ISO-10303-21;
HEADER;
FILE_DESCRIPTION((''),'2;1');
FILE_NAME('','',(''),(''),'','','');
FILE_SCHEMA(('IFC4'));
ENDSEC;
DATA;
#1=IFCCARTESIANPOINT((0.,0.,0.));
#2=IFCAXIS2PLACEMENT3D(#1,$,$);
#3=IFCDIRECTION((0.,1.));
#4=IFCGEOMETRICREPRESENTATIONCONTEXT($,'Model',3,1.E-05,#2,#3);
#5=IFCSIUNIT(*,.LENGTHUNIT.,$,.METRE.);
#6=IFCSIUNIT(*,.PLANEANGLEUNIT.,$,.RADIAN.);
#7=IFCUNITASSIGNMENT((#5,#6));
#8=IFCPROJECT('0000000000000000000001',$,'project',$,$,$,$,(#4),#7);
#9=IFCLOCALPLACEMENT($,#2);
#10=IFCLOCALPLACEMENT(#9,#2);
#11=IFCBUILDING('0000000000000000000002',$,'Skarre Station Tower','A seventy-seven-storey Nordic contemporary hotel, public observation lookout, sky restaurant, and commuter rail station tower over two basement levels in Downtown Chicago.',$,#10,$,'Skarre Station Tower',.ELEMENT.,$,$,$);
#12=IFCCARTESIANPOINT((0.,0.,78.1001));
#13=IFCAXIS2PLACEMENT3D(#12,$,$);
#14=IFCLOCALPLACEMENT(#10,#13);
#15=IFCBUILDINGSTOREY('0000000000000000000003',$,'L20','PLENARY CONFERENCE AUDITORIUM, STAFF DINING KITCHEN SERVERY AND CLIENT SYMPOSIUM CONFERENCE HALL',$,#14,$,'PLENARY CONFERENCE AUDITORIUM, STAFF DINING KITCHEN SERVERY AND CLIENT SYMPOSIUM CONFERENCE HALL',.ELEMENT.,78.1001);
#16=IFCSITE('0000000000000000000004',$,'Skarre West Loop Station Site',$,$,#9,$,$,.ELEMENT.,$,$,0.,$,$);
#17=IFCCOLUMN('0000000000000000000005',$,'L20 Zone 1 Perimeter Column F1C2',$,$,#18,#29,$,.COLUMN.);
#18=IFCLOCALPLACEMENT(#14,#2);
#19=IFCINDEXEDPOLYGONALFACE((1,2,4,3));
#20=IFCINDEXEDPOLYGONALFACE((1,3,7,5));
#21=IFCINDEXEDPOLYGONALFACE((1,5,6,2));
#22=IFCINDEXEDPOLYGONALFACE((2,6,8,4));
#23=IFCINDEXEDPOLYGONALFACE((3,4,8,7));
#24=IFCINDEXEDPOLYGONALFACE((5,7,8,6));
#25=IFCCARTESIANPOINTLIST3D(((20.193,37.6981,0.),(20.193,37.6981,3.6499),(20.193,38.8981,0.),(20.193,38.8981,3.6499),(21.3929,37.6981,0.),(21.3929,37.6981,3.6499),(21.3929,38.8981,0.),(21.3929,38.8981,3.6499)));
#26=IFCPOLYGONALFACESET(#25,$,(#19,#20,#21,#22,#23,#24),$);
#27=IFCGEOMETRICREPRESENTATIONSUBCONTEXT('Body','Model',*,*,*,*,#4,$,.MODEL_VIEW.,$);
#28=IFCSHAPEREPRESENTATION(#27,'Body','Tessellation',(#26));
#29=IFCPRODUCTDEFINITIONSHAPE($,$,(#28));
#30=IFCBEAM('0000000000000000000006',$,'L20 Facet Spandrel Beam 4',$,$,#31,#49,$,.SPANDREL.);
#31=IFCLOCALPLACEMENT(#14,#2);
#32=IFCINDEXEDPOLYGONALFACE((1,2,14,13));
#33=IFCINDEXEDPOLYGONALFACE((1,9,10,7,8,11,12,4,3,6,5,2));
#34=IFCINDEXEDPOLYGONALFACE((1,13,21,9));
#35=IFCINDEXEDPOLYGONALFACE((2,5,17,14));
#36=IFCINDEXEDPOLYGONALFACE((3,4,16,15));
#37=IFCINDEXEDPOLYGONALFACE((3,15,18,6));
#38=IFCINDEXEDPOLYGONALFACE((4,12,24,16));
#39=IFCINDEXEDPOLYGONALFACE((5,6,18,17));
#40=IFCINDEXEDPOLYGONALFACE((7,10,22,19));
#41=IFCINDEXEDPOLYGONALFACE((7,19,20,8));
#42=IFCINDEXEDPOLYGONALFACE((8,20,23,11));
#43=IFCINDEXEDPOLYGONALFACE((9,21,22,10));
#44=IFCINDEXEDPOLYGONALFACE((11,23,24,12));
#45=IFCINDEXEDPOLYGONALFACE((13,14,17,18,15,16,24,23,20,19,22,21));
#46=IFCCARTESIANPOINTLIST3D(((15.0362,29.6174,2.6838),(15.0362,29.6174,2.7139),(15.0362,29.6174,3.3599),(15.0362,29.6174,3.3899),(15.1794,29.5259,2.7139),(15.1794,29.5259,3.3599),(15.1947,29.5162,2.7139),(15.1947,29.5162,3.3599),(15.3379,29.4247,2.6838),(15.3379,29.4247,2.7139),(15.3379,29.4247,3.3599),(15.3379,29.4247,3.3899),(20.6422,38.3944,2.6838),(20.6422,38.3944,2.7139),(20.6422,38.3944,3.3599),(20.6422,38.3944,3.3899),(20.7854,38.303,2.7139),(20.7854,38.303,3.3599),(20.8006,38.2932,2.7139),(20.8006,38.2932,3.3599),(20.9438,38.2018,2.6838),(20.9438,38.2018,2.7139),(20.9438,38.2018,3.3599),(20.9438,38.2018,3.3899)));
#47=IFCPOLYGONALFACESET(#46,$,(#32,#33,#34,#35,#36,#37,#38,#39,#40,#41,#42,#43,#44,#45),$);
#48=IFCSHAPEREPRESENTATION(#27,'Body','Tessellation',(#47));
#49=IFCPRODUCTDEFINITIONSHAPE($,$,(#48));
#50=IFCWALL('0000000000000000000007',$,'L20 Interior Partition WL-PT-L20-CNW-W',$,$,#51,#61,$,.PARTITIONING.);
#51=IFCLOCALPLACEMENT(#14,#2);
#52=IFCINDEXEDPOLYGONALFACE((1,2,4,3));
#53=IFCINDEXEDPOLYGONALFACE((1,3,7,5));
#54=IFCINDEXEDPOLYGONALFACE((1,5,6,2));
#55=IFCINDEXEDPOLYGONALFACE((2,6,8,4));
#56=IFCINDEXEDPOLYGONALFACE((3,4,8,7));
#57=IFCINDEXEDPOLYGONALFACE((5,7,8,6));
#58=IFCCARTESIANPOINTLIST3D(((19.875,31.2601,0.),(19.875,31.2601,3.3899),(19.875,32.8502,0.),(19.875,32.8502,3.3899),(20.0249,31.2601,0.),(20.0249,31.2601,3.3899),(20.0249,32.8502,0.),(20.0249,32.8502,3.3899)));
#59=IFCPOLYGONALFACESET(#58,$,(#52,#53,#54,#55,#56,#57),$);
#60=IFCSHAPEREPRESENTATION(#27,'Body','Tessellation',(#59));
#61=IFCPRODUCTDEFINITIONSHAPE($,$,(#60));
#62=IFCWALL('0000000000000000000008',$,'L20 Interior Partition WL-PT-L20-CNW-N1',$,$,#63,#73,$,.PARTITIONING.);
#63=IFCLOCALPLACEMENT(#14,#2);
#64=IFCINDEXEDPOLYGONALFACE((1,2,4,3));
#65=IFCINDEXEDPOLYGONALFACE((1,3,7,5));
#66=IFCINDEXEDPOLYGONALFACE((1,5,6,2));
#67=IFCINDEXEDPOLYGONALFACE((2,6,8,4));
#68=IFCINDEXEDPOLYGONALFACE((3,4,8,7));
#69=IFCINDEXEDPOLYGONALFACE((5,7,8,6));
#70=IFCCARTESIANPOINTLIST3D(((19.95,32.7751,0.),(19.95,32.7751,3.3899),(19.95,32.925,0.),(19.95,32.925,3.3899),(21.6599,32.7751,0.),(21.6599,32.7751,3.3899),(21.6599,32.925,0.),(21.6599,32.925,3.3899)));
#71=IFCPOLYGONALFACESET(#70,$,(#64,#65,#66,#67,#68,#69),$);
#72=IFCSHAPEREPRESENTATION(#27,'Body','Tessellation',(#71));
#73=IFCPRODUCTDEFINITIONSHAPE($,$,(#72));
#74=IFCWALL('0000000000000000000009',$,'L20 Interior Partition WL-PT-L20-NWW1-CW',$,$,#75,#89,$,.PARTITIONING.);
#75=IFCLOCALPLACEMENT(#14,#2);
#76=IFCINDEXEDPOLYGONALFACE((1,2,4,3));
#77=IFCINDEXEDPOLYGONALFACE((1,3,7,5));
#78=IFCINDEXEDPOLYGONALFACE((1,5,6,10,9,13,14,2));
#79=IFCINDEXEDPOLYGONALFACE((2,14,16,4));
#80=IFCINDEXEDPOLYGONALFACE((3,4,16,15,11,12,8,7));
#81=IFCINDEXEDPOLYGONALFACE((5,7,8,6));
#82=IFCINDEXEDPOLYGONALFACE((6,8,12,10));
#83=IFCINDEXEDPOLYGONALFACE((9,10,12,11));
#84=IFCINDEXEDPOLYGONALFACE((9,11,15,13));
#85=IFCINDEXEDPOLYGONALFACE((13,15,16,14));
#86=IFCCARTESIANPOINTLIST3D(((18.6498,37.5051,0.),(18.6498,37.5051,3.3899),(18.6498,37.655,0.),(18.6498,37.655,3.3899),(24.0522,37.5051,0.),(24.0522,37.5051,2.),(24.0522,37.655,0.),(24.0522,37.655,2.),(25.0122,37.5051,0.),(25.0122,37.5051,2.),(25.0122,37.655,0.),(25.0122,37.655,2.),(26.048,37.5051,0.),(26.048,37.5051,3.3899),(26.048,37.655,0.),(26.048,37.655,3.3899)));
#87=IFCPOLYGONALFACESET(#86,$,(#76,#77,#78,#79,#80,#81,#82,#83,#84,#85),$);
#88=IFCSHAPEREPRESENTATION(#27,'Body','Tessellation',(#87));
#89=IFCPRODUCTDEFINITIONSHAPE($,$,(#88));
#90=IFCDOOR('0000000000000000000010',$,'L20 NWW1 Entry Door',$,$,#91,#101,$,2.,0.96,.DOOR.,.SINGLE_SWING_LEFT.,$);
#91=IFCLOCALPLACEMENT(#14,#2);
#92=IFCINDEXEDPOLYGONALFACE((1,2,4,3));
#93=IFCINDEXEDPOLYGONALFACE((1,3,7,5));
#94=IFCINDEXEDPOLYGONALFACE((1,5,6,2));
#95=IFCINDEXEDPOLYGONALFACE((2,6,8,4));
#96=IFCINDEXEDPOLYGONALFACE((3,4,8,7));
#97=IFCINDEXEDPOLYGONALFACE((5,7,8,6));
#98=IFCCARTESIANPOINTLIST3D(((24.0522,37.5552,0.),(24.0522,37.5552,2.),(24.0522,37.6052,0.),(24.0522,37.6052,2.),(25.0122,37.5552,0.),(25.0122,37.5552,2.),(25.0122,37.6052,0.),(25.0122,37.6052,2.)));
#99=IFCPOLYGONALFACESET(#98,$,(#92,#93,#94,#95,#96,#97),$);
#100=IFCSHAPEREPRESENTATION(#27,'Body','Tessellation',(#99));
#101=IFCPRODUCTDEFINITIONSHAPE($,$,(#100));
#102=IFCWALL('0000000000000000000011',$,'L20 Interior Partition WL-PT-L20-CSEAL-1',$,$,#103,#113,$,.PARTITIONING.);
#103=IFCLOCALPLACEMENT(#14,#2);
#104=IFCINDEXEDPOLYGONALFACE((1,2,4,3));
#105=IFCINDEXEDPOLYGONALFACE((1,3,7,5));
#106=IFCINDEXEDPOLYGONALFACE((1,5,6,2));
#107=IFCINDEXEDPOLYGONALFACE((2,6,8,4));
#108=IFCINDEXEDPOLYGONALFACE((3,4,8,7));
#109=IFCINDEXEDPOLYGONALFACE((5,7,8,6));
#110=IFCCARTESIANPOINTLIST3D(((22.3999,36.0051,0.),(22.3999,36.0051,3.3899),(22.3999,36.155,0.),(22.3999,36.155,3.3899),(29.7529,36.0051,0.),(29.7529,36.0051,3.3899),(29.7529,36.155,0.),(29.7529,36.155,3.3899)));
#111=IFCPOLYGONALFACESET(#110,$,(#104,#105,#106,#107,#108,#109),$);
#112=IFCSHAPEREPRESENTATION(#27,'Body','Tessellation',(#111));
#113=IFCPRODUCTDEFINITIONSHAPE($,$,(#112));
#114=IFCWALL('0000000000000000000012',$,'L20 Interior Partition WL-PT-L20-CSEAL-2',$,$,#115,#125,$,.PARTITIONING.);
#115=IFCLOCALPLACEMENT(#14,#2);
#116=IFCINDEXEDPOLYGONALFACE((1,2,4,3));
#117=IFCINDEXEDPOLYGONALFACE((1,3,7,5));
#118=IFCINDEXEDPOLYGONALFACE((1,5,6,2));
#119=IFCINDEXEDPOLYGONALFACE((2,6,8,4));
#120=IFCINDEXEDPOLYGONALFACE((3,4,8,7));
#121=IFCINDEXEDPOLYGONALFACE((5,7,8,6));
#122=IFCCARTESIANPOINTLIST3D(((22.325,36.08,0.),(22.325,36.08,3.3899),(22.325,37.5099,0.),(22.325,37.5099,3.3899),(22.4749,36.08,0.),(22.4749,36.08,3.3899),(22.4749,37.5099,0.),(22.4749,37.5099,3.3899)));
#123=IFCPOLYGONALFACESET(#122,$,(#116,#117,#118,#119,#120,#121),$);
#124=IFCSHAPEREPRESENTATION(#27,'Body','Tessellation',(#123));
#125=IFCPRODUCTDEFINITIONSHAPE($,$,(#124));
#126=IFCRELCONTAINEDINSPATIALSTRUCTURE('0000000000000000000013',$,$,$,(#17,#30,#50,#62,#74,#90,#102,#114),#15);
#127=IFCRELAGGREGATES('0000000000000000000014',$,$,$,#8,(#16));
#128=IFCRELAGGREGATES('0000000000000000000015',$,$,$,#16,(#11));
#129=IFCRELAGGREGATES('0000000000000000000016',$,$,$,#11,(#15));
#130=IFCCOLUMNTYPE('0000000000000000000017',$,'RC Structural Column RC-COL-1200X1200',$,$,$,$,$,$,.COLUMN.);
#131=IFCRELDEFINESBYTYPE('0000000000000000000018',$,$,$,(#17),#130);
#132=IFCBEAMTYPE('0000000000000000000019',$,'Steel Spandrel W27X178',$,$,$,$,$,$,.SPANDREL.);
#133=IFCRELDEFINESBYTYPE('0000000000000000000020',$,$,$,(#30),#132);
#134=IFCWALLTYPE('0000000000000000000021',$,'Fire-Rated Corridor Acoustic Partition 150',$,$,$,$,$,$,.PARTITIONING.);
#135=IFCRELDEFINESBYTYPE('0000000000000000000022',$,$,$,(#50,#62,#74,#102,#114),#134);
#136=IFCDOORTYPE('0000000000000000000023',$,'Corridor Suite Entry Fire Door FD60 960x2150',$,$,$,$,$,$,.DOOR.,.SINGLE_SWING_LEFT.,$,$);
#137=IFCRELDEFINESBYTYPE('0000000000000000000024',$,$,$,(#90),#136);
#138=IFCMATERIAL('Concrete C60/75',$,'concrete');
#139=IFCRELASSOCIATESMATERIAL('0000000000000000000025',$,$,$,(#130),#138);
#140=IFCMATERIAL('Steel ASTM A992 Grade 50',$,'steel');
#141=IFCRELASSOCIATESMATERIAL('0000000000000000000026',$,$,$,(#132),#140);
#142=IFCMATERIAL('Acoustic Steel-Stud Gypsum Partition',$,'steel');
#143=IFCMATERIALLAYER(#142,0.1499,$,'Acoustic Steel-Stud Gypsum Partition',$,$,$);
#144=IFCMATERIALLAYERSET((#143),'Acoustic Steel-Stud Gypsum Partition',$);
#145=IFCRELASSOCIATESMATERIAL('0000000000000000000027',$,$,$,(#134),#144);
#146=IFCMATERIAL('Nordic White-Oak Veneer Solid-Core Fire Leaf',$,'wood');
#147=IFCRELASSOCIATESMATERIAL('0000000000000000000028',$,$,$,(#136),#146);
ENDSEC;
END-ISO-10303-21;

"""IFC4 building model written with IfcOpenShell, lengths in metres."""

from ifc_helpers import new_model, si_unit, direction, frame, frame_2d, origin, origin_2d, place, context, subcontext, project, spatial, rectangle, i_section, extrude, material, layer, layer_set, material_profile, profile_set, type_object, element, fill, save


model = new_model("IFC4")

# Units and contexts
model_context = context("Model", 3, precision=1e-05, world=origin(), true_north=direction((0.0, 1.0)))
body_context = subcontext(model_context, "Body", "Model", "MODEL_VIEW")
ifc_project = project(units=[si_unit("LENGTHUNIT", "METRE"), si_unit("PLANEANGLEUNIT", "RADIAN")], contexts=[model_context])

# Site, building, storey
site_placement = place(None, origin())
site = spatial("IfcSite", under=ifc_project, at=site_placement, Name="Skarre West Loop Station Site", CompositionType="ELEMENT", RefElevation=0.0)
building_placement = place(site_placement, origin())
building = spatial("IfcBuilding", under=site, at=building_placement, Name="Skarre Station Tower", Description="A seventy-seven-storey Nordic contemporary hotel, public observation lookout, sky restaurant, and commuter rail station tower over two basement levels in Downtown Chicago.", LongName="Skarre Station Tower", CompositionType="ELEMENT")
storey_placement = place(building_placement, frame((0.0, 0.0, 78.1001)))
storey = spatial("IfcBuildingStorey", under=building, at=storey_placement, Name="L20", Description="PLENARY CONFERENCE AUDITORIUM, STAFF DINING KITCHEN SERVERY AND CLIENT SYMPOSIUM CONFERENCE HALL", LongName="PLENARY CONFERENCE AUDITORIUM, STAFF DINING KITCHEN SERVERY AND CLIENT SYMPOSIUM CONFERENCE HALL", CompositionType="ELEMENT", Elevation=78.1001)

# Column
ifc_material_1 = material(Name="Concrete C60/75", Category="concrete")
ifc_material_profile_1 = material_profile(ifc_material_1, rectangle(XDim=1.2, YDim=1.2, at=origin_2d()), Name="Concrete C60/75")
ifc_profile_set_1 = profile_set([ifc_material_profile_1], Name="Concrete C60/75")
column_type = type_object("IfcColumnType", Name="RC Structural Column RC-COL-1200X1200", PredefinedType="COLUMN", material=ifc_profile_set_1)
column_placement = place(storey_placement, frame((20.793, 38.2981, 0.0), z_axis=(0.0, 0.0, 1.0), x_axis=(1.0, 0.0, 0.0)))
element("IfcColumn", 1, at=column_placement, inside=storey, type_object=column_type, Name="L20 Zone 1 Perimeter Column F1C2", PredefinedType="COLUMN", context=body_context, shape_type="SweptSolid", body=[
    extrude(rectangle(XDim=1.2, YDim=1.2, at=origin_2d()), origin(), (0.0, 0.0, 1.0), 3.6499),
])

# Beam
ifc_material_2 = material(Name="Steel ASTM A992 Grade 50", Category="steel")
ifc_material_profile_2 = material_profile(ifc_material_2, i_section(OverallWidth=0.3579, OverallDepth=0.7061, WebThickness=0.0181, FlangeThickness=0.03, at=origin_2d()), Name="Steel ASTM A992 Grade 50")
ifc_profile_set_2 = profile_set([ifc_material_profile_2], Name="Steel ASTM A992 Grade 50")
beam_type = type_object("IfcBeamType", Name="Steel Spandrel W27X178", PredefinedType="SPANDREL", material=ifc_profile_set_2)
beam_placement = place(storey_placement, frame((20.793, 38.2981, 3.0369), z_axis=(-0.538278, -0.842767, 0.0), x_axis=(0.842767, -0.538278, 0.0)))
element("IfcBeam", 2, at=beam_placement, inside=storey, type_object=beam_type, Name="L20 Facet Spandrel Beam 4", PredefinedType="SPANDREL", context=body_context, shape_type="SweptSolid", body=[
    extrude(i_section(OverallWidth=0.3579, OverallDepth=0.7061, WebThickness=0.0181, FlangeThickness=0.03, at=origin_2d()), origin(), (0.0, 0.0, 1.0), 10.4146),
])

# Walls
ifc_material_3 = material(Name="Acoustic Steel-Stud Gypsum Partition", Category="steel")
ifc_layer_1 = layer(ifc_material_3, 0.1499, Name="Acoustic Steel-Stud Gypsum Partition")
ifc_layer_set_1 = layer_set([ifc_layer_1], Name="Acoustic Steel-Stud Gypsum Partition")
wall_type_1 = type_object("IfcWallType", Name="Fire-Rated Corridor Acoustic Partition 150", PredefinedType="PARTITIONING", material=ifc_layer_set_1)
wall_1_placement = place(storey_placement, frame((19.95, 32.8501, 0.0), z_axis=(0.0, 0.0, 1.0), x_axis=(0.0, -1.0, 0.0)))
element("IfcWall", 3, at=wall_1_placement, inside=storey, type_object=wall_type_1, Name="L20 Interior Partition WL-PT-L20-CNW-W", PredefinedType="PARTITIONING", context=body_context, shape_type="SweptSolid", body=[
    extrude(rectangle(XDim=1.5901, YDim=0.1499, at=frame_2d((0.7949, 0.0))), origin(), (0.0, 0.0, 1.0), 3.3899),
])
wall_2_placement = place(storey_placement, frame((21.6599, 32.8501, 0.0), z_axis=(0.0, 0.0, 1.0), x_axis=(-1.0, 0.0, 0.0)))
element("IfcWall", 4, at=wall_2_placement, inside=storey, type_object=wall_type_1, Name="L20 Interior Partition WL-PT-L20-CNW-N1", PredefinedType="PARTITIONING", context=body_context, shape_type="SweptSolid", body=[
    extrude(rectangle(XDim=1.71, YDim=0.1499, at=frame_2d((0.855, 0.0))), origin(), (0.0, 0.0, 1.0), 3.3899),
])

# Wall, opening, door
wall_3_placement = place(storey_placement, frame((26.0481, 37.5801, 0.0), z_axis=(0.0, 0.0, 1.0), x_axis=(-1.0, 0.0, 0.0)))
wall_3 = element("IfcWall", 5, at=wall_3_placement, inside=storey, type_object=wall_type_1, Name="L20 Interior Partition WL-PT-L20-NWW1-CW", PredefinedType="PARTITIONING", context=body_context, shape_type="SweptSolid", body=[
    extrude(rectangle(XDim=7.3982, YDim=0.1499, at=frame_2d((3.6992, 0.0))), origin(), (0.0, 0.0, 1.0), 3.3899),
])
opening_1_placement = place(wall_3_placement, frame((1.0359, 0.0, 0.0)))
opening_1 = element("IfcOpeningElement", 6, at=opening_1_placement, cuts=wall_3, PredefinedType="OPENING", context=body_context, shape_type="SweptSolid", body=[
    extrude(rectangle(XDim=0.96, YDim=2.0, at=frame_2d((0.48, 1.0))), frame((0.0, 0.085, 0.0), z_axis=(0.0, -1.0, 0.0), x_axis=(1.0, 0.0, 0.0)), (0.0, 0.0, 1.0), 0.1699),
])
ifc_material_4 = material(Name="Nordic White-Oak Veneer Solid-Core Fire Leaf", Category="wood")
door_type = type_object("IfcDoorType", Name="Corridor Suite Entry Fire Door FD60 960x2150", OperationType="SINGLE_SWING_LEFT", PredefinedType="DOOR", material=ifc_material_4)
door_placement = place(opening_1_placement, origin())
door = element("IfcDoor", 7, at=door_placement, inside=storey, type_object=door_type, Name="L20 NWW1 Entry Door", OperationType="SINGLE_SWING_LEFT", OverallHeight=2.0, OverallWidth=0.96, PredefinedType="DOOR", context=body_context, shape_type="SweptSolid", body=[
    extrude(rectangle(XDim=0.96, YDim=2.0, at=frame_2d((0.48, 1.0))), frame((0.0, 0.0249, 0.0), z_axis=(0.0, -1.0, 0.0), x_axis=(1.0, 0.0, 0.0)), (0.0, 0.0, 1.0), 0.05),
])
fill(opening_1, door)

# Walls
wall_4_placement = place(storey_placement, frame((29.7529, 36.0801, 0.0), z_axis=(0.0, 0.0, 1.0), x_axis=(-1.0, 0.0, 0.0)))
element("IfcWall", 8, at=wall_4_placement, inside=storey, type_object=wall_type_1, Name="L20 Interior Partition WL-PT-L20-CSEAL-1", PredefinedType="PARTITIONING", context=body_context, shape_type="SweptSolid", body=[
    extrude(rectangle(XDim=7.353, YDim=0.1499, at=frame_2d((3.6765, 0.0))), origin(), (0.0, 0.0, 1.0), 3.3899),
])
wall_5_placement = place(storey_placement, frame((22.3999, 36.0801, 0.0), z_axis=(0.0, 0.0, 1.0), x_axis=(0.0, 1.0, 0.0)))
element("IfcWall", 9, at=wall_5_placement, inside=storey, type_object=wall_type_1, Name="L20 Interior Partition WL-PT-L20-CSEAL-2", PredefinedType="PARTITIONING", context=body_context, shape_type="SweptSolid", body=[
    extrude(rectangle(XDim=1.4299, YDim=0.1499, at=frame_2d((0.7148, 0.0))), origin(), (0.0, 0.0, 1.0), 3.3899),
])

save(model, "model.ifc")
